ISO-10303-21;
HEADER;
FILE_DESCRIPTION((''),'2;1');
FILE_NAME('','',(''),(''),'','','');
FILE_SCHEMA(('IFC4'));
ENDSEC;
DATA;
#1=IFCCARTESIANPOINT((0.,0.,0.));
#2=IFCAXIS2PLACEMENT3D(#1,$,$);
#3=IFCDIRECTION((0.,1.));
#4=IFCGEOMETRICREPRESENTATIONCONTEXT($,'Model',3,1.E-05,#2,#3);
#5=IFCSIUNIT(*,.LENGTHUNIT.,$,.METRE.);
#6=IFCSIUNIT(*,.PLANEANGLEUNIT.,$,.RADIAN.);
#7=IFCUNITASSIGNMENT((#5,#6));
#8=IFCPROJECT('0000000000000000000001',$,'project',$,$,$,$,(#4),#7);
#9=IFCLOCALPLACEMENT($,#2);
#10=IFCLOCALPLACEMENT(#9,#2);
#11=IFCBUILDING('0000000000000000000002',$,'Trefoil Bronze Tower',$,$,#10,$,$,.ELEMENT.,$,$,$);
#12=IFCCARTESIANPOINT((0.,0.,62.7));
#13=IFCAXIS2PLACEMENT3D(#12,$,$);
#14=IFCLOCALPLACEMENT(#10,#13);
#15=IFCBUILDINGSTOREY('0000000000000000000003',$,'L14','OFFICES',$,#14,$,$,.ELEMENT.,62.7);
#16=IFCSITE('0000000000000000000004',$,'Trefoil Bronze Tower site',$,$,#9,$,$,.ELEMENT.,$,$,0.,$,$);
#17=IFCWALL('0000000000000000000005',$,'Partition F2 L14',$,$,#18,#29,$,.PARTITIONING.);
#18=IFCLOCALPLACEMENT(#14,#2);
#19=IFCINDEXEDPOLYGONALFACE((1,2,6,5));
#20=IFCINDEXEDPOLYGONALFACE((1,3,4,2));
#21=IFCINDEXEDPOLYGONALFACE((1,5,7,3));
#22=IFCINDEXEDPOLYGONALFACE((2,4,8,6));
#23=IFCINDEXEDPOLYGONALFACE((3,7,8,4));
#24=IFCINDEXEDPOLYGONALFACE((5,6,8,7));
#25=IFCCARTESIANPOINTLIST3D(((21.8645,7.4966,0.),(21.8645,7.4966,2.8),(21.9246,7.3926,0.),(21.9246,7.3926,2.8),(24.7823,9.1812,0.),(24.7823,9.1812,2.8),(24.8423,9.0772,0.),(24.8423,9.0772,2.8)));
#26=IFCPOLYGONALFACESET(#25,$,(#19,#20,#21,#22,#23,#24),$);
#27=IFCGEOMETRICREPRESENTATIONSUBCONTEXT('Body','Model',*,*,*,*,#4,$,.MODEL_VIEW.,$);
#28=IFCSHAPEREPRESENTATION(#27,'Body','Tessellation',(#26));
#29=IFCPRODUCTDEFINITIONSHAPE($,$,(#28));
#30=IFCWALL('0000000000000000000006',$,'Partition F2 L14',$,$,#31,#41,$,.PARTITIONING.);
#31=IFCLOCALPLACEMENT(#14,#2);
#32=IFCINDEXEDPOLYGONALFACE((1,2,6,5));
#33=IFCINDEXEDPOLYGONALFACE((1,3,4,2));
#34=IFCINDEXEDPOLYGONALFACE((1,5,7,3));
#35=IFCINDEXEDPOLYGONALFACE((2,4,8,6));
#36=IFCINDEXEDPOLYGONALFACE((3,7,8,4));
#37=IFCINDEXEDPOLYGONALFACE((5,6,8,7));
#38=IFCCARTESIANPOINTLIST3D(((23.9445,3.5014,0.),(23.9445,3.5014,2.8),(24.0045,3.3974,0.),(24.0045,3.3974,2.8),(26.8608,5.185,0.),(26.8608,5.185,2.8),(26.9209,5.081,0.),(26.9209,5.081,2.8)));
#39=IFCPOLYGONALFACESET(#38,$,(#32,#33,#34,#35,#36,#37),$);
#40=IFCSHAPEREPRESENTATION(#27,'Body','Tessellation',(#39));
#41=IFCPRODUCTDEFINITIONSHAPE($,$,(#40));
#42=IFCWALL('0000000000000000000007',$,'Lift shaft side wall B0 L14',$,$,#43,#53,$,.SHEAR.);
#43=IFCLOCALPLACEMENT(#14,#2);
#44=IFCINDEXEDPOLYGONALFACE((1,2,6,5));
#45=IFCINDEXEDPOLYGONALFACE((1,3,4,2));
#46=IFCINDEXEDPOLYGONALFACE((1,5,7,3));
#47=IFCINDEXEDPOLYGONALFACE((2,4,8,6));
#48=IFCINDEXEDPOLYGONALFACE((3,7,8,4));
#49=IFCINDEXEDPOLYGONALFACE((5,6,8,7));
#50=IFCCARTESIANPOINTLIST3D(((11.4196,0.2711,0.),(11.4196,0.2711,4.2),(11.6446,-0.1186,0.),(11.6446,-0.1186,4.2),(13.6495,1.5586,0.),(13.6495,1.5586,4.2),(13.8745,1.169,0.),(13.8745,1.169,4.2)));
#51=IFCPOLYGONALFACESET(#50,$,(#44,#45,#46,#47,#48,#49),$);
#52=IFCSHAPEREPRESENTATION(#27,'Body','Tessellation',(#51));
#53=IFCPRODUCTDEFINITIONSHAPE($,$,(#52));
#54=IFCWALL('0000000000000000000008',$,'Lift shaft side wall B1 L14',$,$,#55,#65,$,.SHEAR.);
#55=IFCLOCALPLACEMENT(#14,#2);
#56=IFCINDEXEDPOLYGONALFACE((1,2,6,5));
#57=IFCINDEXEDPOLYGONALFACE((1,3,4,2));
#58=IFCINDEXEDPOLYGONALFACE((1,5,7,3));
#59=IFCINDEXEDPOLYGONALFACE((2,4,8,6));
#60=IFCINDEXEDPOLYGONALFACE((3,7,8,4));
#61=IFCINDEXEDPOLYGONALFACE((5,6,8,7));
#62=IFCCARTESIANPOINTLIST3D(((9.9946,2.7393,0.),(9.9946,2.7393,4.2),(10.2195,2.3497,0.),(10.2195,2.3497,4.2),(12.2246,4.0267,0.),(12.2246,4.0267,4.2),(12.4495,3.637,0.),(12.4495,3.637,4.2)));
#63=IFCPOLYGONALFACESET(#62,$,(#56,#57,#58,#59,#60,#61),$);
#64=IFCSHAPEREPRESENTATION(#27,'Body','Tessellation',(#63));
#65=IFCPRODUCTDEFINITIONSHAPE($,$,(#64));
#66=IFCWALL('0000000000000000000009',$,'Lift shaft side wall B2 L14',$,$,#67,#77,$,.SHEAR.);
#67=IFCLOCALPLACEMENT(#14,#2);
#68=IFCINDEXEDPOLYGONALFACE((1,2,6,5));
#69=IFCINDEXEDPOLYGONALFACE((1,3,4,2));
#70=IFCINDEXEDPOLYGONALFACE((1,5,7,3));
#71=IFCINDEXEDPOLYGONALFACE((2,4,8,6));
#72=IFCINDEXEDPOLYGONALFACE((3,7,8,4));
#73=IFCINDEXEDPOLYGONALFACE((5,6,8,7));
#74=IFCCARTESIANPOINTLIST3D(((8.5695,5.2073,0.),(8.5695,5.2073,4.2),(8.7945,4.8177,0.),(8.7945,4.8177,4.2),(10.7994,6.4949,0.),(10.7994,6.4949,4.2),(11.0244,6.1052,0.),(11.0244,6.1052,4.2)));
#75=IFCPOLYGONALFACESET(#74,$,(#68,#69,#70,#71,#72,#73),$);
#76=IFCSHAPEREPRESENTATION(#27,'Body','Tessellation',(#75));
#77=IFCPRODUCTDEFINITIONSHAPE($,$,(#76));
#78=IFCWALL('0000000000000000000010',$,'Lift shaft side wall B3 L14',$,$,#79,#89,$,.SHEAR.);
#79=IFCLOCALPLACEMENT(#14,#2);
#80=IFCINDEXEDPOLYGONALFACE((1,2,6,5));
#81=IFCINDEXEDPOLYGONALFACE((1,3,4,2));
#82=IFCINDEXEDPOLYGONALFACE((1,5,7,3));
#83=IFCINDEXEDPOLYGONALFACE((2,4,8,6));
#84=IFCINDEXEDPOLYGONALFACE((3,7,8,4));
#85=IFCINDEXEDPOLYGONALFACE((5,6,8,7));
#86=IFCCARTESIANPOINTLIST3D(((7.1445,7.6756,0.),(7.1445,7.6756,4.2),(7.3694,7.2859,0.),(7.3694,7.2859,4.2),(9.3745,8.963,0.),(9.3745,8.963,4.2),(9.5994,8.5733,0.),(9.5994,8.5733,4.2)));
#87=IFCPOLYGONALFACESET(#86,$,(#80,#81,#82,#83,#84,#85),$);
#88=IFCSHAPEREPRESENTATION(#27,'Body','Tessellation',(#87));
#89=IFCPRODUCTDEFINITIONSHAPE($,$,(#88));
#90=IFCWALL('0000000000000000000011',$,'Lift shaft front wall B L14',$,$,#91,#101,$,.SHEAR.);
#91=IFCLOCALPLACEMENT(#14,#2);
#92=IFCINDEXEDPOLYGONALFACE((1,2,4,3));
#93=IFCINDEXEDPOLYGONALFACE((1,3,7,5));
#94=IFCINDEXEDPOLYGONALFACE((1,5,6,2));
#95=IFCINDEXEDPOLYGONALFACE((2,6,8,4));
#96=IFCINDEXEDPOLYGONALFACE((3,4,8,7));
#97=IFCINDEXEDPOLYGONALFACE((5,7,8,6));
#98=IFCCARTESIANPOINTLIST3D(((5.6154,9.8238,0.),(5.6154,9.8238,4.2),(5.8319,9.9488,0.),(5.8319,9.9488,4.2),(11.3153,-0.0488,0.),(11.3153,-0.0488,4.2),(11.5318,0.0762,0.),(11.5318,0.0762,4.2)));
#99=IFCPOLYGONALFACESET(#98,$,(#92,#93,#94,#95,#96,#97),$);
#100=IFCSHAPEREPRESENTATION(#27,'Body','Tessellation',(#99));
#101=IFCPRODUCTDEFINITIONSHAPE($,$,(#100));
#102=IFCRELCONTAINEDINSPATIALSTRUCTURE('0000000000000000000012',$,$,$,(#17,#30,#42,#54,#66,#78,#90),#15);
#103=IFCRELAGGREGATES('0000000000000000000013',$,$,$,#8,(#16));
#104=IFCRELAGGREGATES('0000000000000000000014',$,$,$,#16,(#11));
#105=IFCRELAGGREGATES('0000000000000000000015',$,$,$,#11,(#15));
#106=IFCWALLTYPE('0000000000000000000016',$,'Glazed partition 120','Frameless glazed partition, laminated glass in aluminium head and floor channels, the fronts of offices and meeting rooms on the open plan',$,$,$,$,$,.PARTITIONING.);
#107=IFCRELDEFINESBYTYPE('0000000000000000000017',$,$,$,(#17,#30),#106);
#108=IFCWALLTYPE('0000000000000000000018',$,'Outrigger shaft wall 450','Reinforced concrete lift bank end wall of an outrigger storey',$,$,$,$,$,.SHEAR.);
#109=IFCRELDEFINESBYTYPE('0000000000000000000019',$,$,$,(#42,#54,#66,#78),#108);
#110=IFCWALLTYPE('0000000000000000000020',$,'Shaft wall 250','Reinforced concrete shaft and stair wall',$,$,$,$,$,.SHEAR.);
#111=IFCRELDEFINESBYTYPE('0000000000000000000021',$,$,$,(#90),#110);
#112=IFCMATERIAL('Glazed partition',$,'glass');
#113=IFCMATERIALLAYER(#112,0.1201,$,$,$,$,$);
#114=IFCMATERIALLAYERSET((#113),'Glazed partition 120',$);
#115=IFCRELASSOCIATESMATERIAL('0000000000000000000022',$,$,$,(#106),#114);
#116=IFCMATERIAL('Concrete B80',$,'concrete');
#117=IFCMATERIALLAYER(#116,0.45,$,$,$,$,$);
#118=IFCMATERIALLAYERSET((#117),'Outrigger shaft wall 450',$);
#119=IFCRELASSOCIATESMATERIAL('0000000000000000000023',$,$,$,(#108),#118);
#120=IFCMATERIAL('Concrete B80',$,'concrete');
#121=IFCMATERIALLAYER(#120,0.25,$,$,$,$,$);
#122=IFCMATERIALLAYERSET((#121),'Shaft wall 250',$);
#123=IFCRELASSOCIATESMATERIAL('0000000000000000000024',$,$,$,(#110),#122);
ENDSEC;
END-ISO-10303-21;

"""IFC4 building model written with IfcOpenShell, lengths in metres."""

from ifc_helpers import new_model, si_unit, direction, frame, frame_2d, origin, place, context, subcontext, project, spatial, rectangle, extrude, material, layer, layer_set, type_object, element, save


model = new_model("IFC4")

# Units and contexts
model_context = context("Model", 3, precision=1e-05, world=origin(), true_north=direction((0.0, 1.0)))
body_context = subcontext(model_context, "Body", "Model", "MODEL_VIEW")
ifc_project = project(units=[si_unit("LENGTHUNIT", "METRE"), si_unit("PLANEANGLEUNIT", "RADIAN")], contexts=[model_context])

# Site, building, storey
site_placement = place(None, origin())
site = spatial("IfcSite", under=ifc_project, at=site_placement, Name="Trefoil Bronze Tower site", CompositionType="ELEMENT", RefElevation=0.0)
building_placement = place(site_placement, origin())
building = spatial("IfcBuilding", under=site, at=building_placement, Name="Trefoil Bronze Tower", CompositionType="ELEMENT")
storey_placement = place(building_placement, frame((0.0, 0.0, 62.7)))
storey = spatial("IfcBuildingStorey", under=building, at=storey_placement, Name="L14", Description="OFFICES", CompositionType="ELEMENT", Elevation=62.7)

# Shared definitions
ifc_material_1 = material(Name="Glazed partition", Category="glass")
ifc_layer_1 = layer(ifc_material_1, 0.1201)
ifc_layer_set_1 = layer_set([ifc_layer_1], Name="Glazed partition 120")
wall_type_1 = type_object("IfcWallType", Name="Glazed partition 120", Description="Frameless glazed partition, laminated glass in aluminium head and floor channels, the fronts of offices and meeting rooms on the open plan", PredefinedType="PARTITIONING", material=ifc_layer_set_1)

# Walls
wall_1_placement = place(storey_placement, frame((21.8945, 7.4446, 0.0), z_axis=(0.0, 0.0, 1.0), x_axis=(0.866023, 0.500005, 0.0)))
element("IfcWall", 1, at=wall_1_placement, inside=storey, type_object=wall_type_1, Name="Partition F2 L14", PredefinedType="PARTITIONING", context=body_context, shape_type="SweptSolid", body=[
    extrude(rectangle(XDim=3.3691, YDim=0.1201, at=frame_2d((1.6846, 0.0))), origin(), (0.0, 0.0, 1.0), 2.8),
])
wall_2_placement = place(storey_placement, frame((23.9746, 3.4495, 0.0), z_axis=(0.0, 0.0, 1.0), x_axis=(0.866039, 0.499976, 0.0)))
element("IfcWall", 2, at=wall_2_placement, inside=storey, type_object=wall_type_1, Name="Partition F2 L14", PredefinedType="PARTITIONING", context=body_context, shape_type="SweptSolid", body=[
    extrude(rectangle(XDim=3.3674, YDim=0.1201, at=frame_2d((1.6836, 0.0))), origin(), (0.0, 0.0, 1.0), 2.8),
])
ifc_material_2 = material(Name="Concrete B80", Category="concrete")
ifc_layer_2 = layer(ifc_material_2, 0.45)
ifc_layer_set_2 = layer_set([ifc_layer_2], Name="Outrigger shaft wall 450")
wall_type_2 = type_object("IfcWallType", Name="Outrigger shaft wall 450", Description="Reinforced concrete lift bank end wall of an outrigger storey", PredefinedType="SHEAR", material=ifc_layer_set_2)
for number, where, z_axis, x_axis, name in (
    (3, (11.532, 0.0762, 0.0), (0.0, 0.0, 1.0), (0.866006, 0.500034, 0.0), "Lift shaft side wall B0 L14"),
    (4, (10.1069, 2.5444, 0.0), (0.0, 0.0, 1.0), (0.866047, 0.499963, 0.0), "Lift shaft side wall B1 L14"),
    (5, (8.6819, 5.0125, 0.0), (0.0, 0.0, 1.0), (0.866006, 0.500034, 0.0), "Lift shaft side wall B2 L14"),
    (6, (7.2568, 7.4807, 0.0), (0.0, 0.0, 1.0), (0.866047, 0.499963, 0.0), "Lift shaft side wall B3 L14"),
):
    element("IfcWall", number, at=place(storey_placement, frame(where, z_axis=z_axis, x_axis=x_axis)), inside=storey, type_object=wall_type_2, Name=name, PredefinedType="SHEAR", context=body_context, shape_type="SweptSolid", body=[
        extrude(rectangle(XDim=2.575, YDim=0.45, at=frame_2d((1.2876, 0.0))), origin(), (0.0, 0.0, 1.0), 4.2),
    ])
ifc_material_3 = material(Name="Concrete B80", Category="concrete")
ifc_layer_3 = layer(ifc_material_3, 0.25)
ifc_layer_set_3 = layer_set([ifc_layer_3], Name="Shaft wall 250")
wall_type_3 = type_object("IfcWallType", Name="Shaft wall 250", Description="Reinforced concrete shaft and stair wall", PredefinedType="SHEAR", material=ifc_layer_set_3)
wall_3_placement = place(storey_placement, frame((11.4236, 0.0137, 0.0), z_axis=(0.0, 0.0, 1.0), x_axis=(-0.500002, 0.866024, 0.0)))
element("IfcWall", 7, at=wall_3_placement, inside=storey, type_object=wall_type_3, Name="Lift shaft front wall B L14", PredefinedType="SHEAR", context=body_context, shape_type="SweptSolid", body=[
    extrude(rectangle(XDim=11.3999, YDim=0.25, at=frame_2d((5.7, 0.0))), origin(), (0.0, 0.0, 1.0), 4.2),
])

save(model, "model.ifc")
